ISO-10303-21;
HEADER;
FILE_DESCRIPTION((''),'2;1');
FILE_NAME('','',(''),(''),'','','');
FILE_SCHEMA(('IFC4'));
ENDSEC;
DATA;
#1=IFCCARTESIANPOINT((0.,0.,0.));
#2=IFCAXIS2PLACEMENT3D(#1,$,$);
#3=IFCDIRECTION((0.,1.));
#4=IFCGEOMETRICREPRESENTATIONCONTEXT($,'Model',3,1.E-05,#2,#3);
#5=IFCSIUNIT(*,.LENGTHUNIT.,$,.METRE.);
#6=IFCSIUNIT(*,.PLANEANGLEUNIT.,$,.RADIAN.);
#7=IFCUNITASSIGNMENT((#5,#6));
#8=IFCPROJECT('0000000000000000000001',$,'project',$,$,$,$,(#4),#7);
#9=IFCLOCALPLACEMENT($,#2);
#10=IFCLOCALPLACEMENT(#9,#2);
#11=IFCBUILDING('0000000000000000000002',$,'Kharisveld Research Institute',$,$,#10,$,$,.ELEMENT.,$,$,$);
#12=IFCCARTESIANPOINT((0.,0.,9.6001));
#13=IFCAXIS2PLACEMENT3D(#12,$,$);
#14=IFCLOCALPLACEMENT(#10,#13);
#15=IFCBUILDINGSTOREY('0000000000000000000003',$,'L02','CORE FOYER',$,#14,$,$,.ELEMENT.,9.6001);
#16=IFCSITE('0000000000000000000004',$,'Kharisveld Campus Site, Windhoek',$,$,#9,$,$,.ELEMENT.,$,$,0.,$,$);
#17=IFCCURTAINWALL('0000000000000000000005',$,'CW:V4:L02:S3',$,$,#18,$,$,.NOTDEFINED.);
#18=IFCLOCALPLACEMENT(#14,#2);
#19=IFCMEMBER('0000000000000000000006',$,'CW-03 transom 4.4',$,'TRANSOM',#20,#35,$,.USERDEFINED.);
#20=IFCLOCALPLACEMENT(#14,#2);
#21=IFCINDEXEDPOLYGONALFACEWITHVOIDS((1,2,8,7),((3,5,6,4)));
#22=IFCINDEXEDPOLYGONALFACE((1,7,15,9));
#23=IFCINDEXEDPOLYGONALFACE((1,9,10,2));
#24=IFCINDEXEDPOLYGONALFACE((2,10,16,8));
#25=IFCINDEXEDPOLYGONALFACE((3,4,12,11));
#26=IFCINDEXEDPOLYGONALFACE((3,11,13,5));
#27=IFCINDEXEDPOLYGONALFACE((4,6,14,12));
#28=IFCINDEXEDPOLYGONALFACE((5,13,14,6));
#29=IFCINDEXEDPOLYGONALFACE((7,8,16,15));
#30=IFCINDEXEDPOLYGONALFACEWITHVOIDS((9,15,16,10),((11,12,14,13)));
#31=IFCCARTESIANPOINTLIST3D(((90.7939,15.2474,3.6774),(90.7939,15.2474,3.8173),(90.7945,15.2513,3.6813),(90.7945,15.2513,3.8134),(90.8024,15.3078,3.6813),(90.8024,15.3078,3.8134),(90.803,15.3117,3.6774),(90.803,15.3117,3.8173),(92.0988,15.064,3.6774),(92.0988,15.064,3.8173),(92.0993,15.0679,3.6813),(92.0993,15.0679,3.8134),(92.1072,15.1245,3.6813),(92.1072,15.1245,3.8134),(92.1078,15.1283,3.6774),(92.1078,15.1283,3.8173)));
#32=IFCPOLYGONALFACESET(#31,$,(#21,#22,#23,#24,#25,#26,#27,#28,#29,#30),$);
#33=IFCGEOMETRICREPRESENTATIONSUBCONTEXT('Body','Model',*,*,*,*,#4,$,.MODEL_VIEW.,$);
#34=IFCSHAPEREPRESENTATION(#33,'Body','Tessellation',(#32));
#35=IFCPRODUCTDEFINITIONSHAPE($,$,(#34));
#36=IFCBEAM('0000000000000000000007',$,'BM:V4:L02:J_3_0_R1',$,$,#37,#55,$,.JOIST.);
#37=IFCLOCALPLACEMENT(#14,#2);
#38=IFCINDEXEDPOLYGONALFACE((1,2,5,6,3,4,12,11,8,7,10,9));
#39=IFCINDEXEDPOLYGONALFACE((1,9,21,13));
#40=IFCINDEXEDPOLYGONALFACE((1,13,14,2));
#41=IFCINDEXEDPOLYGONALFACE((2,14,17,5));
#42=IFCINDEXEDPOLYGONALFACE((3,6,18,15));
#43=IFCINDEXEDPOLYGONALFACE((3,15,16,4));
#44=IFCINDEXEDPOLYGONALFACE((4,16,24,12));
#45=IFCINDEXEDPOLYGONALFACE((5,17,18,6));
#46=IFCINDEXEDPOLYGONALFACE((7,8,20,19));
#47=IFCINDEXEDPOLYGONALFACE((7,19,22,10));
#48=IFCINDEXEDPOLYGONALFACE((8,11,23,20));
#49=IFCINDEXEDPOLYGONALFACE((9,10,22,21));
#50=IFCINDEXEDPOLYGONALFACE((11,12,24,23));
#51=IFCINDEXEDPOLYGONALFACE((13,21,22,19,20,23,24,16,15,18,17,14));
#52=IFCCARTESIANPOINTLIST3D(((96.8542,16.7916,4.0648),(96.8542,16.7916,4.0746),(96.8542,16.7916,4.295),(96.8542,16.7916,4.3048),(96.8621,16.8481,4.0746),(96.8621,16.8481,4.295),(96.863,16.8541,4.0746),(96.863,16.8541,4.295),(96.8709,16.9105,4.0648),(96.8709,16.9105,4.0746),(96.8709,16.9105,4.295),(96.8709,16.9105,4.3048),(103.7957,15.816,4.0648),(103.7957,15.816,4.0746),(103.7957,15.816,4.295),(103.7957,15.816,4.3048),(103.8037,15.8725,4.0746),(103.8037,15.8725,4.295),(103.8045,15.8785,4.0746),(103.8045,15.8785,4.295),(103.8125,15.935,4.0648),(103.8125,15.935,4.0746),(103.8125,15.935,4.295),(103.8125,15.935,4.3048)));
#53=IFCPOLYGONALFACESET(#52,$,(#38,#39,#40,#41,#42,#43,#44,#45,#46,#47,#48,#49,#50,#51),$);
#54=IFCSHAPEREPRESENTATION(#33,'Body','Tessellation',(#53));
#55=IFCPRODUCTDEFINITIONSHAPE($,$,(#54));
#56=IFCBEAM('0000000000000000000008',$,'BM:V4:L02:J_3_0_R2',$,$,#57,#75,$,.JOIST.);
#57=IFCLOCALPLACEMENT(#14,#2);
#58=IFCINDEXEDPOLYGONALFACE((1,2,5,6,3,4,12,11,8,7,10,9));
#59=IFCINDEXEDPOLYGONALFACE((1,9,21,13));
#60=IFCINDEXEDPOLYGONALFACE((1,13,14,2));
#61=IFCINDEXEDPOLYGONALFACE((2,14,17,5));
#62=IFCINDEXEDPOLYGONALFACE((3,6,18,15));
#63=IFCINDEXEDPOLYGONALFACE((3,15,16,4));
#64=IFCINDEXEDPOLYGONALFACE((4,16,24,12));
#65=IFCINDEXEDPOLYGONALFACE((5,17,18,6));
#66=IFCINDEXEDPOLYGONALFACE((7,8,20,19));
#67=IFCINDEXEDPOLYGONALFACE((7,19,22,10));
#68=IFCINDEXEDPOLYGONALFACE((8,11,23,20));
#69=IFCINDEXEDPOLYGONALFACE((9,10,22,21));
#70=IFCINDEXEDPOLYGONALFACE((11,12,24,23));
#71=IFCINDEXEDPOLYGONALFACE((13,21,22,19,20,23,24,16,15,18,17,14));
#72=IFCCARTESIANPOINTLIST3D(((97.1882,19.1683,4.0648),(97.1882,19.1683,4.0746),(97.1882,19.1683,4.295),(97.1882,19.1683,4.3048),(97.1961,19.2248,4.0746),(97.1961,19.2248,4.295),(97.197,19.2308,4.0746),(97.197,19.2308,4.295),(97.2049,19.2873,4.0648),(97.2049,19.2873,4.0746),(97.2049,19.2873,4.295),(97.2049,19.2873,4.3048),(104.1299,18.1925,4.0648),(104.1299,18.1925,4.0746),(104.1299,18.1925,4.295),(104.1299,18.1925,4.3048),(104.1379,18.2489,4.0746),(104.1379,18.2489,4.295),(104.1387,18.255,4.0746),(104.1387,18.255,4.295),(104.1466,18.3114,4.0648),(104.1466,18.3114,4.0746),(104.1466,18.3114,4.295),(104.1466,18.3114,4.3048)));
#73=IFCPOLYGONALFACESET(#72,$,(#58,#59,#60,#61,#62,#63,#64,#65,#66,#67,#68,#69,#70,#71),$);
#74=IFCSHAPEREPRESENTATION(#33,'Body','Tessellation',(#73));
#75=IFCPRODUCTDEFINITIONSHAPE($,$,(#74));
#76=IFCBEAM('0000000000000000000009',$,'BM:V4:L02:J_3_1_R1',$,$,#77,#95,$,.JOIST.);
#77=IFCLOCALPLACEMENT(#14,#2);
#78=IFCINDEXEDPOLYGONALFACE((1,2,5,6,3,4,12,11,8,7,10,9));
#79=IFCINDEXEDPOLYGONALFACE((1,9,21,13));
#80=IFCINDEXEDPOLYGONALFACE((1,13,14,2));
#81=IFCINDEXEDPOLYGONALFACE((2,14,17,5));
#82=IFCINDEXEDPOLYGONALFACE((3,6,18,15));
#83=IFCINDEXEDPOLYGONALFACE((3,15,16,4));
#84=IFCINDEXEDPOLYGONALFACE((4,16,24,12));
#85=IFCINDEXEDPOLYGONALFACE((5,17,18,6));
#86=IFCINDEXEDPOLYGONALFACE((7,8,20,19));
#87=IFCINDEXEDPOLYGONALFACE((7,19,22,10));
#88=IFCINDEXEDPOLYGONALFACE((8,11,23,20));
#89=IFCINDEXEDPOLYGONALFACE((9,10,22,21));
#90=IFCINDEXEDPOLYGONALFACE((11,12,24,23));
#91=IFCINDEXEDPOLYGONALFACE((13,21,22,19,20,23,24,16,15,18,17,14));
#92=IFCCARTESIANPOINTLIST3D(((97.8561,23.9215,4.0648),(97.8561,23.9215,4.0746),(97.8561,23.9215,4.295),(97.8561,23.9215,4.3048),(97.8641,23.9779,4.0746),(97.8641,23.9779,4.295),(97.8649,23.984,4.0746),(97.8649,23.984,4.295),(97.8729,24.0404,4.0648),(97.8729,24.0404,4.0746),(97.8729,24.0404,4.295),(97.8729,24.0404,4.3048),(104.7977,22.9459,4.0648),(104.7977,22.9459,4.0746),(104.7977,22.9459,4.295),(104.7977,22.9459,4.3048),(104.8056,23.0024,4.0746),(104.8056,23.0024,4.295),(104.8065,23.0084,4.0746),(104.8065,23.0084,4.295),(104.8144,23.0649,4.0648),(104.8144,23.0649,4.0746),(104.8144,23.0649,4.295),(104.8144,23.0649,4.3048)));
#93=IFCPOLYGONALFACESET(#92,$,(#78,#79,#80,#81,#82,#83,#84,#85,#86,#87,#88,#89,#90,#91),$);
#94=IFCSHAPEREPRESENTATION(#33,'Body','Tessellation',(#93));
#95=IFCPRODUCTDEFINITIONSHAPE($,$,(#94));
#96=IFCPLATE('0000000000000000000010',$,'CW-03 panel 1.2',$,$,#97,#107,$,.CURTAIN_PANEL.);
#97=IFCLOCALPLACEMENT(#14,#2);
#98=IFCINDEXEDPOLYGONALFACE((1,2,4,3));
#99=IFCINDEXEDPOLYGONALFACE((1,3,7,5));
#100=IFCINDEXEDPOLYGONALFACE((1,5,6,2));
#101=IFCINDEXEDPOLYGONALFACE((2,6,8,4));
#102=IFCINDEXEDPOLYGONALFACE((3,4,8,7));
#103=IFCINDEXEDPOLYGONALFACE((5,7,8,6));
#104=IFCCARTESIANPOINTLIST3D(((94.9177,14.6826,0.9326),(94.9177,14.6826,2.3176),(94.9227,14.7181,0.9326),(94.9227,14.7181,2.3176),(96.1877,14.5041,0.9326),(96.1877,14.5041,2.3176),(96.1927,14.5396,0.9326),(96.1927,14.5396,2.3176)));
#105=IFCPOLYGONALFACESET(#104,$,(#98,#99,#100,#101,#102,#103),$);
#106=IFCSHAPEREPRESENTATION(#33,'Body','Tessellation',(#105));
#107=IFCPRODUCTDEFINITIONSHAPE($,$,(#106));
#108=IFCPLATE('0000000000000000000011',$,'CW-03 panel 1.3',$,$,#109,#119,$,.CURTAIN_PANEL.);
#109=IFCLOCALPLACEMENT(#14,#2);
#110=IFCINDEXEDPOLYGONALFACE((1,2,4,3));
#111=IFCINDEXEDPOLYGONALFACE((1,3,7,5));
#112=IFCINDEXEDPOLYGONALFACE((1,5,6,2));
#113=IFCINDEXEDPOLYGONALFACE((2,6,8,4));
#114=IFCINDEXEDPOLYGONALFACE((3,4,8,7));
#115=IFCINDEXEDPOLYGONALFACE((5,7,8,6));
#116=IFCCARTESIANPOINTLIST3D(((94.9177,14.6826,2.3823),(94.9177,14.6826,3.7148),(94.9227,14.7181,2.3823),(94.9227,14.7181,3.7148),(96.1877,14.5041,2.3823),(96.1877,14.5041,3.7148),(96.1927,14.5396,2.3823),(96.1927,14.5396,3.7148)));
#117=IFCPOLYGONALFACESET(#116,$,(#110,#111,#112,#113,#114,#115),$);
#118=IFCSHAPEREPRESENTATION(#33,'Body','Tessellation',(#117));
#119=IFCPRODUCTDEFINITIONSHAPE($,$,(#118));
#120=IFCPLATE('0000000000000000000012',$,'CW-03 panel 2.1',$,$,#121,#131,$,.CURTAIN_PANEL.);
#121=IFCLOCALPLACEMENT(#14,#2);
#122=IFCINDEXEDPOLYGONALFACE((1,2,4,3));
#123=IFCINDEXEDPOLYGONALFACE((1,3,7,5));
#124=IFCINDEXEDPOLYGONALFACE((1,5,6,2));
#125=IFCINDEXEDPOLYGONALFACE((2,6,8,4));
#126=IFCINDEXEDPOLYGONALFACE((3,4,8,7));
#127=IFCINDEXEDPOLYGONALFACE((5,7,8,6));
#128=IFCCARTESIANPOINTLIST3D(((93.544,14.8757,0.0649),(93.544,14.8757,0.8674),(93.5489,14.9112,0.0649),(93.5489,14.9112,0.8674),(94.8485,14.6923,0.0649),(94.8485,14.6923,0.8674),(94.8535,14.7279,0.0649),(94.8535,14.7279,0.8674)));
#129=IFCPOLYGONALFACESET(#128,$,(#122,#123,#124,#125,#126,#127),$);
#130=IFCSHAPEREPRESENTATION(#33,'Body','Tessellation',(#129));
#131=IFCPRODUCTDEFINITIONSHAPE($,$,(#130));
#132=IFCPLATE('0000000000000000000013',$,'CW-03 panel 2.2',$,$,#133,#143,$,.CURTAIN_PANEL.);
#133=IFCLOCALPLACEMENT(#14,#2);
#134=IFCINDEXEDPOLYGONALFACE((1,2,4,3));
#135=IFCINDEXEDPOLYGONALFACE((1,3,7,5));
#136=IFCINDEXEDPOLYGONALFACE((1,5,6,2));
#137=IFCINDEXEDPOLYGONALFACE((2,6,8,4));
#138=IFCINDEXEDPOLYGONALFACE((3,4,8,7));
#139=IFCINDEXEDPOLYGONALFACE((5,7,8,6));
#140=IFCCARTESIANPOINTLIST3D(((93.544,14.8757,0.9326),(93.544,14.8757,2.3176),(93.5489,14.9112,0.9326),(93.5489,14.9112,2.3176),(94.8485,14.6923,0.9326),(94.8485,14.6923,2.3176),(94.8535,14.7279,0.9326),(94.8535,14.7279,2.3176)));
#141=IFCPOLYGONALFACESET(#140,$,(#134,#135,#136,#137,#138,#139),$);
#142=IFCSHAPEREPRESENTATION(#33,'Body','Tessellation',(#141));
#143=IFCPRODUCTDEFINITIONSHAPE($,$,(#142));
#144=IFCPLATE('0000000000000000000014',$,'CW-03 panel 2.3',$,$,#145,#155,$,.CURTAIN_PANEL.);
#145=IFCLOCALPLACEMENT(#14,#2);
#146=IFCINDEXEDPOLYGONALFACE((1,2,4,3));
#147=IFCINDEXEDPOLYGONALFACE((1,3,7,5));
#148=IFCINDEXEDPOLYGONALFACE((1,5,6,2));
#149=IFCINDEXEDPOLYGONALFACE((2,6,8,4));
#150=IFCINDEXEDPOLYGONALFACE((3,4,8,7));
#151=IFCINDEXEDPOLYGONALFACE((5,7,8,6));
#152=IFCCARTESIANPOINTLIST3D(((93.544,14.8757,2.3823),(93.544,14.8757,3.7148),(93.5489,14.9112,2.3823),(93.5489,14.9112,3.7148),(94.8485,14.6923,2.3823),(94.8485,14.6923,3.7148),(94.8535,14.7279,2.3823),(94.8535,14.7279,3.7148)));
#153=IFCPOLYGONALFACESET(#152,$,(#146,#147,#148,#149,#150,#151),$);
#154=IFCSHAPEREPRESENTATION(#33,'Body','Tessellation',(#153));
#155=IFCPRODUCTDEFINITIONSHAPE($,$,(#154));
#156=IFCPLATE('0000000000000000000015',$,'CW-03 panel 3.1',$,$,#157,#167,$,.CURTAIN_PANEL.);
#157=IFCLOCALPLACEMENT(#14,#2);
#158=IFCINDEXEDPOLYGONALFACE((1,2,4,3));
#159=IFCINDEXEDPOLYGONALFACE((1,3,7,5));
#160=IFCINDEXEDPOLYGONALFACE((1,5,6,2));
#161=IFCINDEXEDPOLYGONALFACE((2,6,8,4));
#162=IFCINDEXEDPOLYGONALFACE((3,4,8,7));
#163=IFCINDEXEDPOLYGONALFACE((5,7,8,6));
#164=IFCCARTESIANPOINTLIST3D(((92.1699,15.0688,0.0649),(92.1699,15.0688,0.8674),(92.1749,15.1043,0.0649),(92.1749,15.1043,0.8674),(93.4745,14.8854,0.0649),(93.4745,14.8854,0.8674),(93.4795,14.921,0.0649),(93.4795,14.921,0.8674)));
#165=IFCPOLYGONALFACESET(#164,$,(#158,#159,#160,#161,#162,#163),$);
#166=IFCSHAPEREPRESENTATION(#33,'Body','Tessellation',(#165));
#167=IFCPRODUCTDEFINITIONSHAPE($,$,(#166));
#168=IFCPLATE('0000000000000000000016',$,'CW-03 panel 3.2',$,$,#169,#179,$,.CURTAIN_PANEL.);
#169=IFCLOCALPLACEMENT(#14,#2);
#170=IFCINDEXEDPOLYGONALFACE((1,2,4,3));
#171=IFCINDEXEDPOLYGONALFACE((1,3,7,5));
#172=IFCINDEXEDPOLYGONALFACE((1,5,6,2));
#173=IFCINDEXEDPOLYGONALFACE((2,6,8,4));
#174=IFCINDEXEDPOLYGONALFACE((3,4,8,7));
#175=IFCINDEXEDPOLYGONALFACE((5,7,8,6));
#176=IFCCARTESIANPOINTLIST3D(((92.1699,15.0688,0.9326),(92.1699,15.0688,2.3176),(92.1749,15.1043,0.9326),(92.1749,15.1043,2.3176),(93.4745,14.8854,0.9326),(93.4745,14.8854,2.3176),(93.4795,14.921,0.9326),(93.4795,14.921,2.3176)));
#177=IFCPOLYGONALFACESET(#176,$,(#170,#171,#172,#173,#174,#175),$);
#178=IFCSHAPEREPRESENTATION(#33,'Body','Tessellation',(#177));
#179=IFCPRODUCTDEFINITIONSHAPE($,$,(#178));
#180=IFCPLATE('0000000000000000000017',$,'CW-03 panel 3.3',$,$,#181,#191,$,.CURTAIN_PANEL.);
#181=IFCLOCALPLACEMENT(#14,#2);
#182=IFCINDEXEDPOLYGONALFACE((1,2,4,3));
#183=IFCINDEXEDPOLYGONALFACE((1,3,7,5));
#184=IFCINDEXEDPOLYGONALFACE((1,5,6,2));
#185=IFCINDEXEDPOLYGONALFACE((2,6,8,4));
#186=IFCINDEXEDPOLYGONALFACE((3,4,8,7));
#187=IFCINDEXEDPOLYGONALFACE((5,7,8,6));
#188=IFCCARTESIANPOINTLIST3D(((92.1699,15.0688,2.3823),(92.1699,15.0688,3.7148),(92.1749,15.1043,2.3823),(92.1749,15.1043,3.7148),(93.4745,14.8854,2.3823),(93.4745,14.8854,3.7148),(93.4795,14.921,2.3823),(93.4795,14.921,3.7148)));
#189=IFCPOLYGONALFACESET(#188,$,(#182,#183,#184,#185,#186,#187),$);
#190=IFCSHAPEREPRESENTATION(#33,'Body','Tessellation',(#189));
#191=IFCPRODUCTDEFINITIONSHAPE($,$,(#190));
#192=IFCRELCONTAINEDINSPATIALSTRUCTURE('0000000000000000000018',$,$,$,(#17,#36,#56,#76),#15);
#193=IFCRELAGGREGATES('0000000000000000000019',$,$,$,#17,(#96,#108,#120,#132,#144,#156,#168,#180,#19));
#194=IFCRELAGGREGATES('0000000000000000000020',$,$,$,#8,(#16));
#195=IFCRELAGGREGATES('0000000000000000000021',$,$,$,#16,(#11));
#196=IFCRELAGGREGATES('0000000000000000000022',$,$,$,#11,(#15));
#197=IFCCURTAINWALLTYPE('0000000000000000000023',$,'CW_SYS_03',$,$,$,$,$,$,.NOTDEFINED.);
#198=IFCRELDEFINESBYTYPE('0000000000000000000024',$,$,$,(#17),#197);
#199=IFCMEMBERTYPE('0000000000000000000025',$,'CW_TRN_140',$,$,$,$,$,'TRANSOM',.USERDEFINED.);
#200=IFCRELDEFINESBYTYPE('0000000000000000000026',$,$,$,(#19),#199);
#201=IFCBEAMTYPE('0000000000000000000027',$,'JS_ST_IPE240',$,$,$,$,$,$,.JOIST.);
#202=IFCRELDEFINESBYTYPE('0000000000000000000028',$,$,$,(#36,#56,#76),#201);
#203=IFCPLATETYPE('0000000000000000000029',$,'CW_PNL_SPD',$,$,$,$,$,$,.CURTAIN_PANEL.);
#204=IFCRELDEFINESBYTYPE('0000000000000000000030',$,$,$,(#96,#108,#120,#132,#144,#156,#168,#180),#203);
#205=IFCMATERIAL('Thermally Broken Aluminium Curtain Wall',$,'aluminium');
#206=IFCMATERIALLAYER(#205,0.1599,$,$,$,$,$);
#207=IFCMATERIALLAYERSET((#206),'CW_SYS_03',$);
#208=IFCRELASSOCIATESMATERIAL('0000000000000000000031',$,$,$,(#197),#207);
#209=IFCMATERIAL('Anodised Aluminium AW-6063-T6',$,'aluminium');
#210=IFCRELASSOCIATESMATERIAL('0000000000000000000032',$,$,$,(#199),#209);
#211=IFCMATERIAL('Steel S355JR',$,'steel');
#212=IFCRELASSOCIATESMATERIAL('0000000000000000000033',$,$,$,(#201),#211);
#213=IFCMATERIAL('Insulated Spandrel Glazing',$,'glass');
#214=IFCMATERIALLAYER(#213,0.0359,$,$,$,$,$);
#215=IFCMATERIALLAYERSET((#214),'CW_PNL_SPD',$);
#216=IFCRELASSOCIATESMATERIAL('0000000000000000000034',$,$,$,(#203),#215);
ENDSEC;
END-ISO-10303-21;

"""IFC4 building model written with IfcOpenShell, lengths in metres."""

from ifc_helpers import new_model, si_unit, direction, frame, origin, origin_2d, place, context, subcontext, project, spatial, rectangle, hollow_rectangle, i_section, extrude, material, layer, layer_set, material_profile, profile_set, type_object, element, aggregate, save


model = new_model("IFC4")

# Units and contexts
model_context = context("Model", 3, precision=1e-05, world=origin(), true_north=direction((0.0, 1.0)))
body_context = subcontext(model_context, "Body", "Model", "MODEL_VIEW")
ifc_project = project(units=[si_unit("LENGTHUNIT", "METRE"), si_unit("PLANEANGLEUNIT", "RADIAN")], contexts=[model_context])

# Site, building, storey
site_placement = place(None, origin())
site = spatial("IfcSite", under=ifc_project, at=site_placement, Name="Kharisveld Campus Site, Windhoek", CompositionType="ELEMENT", RefElevation=0.0)
building_placement = place(site_placement, origin())
building = spatial("IfcBuilding", under=site, at=building_placement, Name="Kharisveld Research Institute", CompositionType="ELEMENT")
storey_placement = place(building_placement, frame((0.0, 0.0, 9.6001)))
storey = spatial("IfcBuildingStorey", under=building, at=storey_placement, Name="L02", Description="CORE FOYER", CompositionType="ELEMENT", Elevation=9.6001)

# Curtain wall, member
ifc_material_1 = material(Name="Thermally Broken Aluminium Curtain Wall", Category="aluminium")
ifc_layer_1 = layer(ifc_material_1, 0.1599)
ifc_layer_set_1 = layer_set([ifc_layer_1], Name="CW_SYS_03")
curtain_wall_type = type_object("IfcCurtainWallType", Name="CW_SYS_03", PredefinedType="NOTDEFINED", material=ifc_layer_set_1)
curtain_wall_placement = place(storey_placement, origin())
curtain_wall = element("IfcCurtainWall", 1, at=curtain_wall_placement, inside=storey, type_object=curtain_wall_type, Name="CW:V4:L02:S3", PredefinedType="NOTDEFINED")
ifc_material_2 = material(Name="Anodised Aluminium AW-6063-T6", Category="aluminium")
ifc_material_profile_1 = material_profile(ifc_material_2, hollow_rectangle(XDim=0.0649, YDim=0.1399, WallThickness=0.0039, at=origin_2d()))
ifc_profile_set_1 = profile_set([ifc_material_profile_1], Name="Anodised Aluminium AW-6063-T6")
member_type_1 = type_object("IfcMemberType", Name="CW_TRN_140", ElementType="TRANSOM", PredefinedType="USERDEFINED", material=ifc_profile_set_1)
member_1_placement = place(storey_placement, frame((92.1033, 15.0962, 3.7473), z_axis=(-0.990269, 0.139164, 0.0), x_axis=(-0.139164, -0.990269, 0.0)))
member_1 = element("IfcMember", 2, at=member_1_placement, type_object=member_type_1, Name="CW-03 transom 4.4", ObjectType="TRANSOM", PredefinedType="USERDEFINED", context=body_context, shape_type="SweptSolid", body=[
    extrude(hollow_rectangle(XDim=0.0649, YDim=0.1399, WallThickness=0.0039, at=origin_2d()), origin(), (0.0, 0.0, 1.0), 1.3176),
])

# Beams
ifc_material_3 = material(Name="Steel S355JR", Category="steel")
ifc_material_profile_2 = material_profile(ifc_material_3, i_section(OverallWidth=0.1201, OverallDepth=0.24, WebThickness=0.0061, FlangeThickness=0.0098, at=origin_2d()))
ifc_profile_set_2 = profile_set([ifc_material_profile_2], Name="Steel S355JR")
beam_type_1 = type_object("IfcBeamType", Name="JS_ST_IPE240", PredefinedType="JOIST", material=ifc_profile_set_2)
beam_1_placement = place(storey_placement, frame((96.8625, 16.8511, 4.1848), z_axis=(0.990268, -0.139173, 0.0), x_axis=(0.139173, 0.990268, 0.0)))
element("IfcBeam", 3, at=beam_1_placement, inside=storey, type_object=beam_type_1, Name="BM:V4:L02:J_3_0_R1", PredefinedType="JOIST", context=body_context, shape_type="SweptSolid", body=[
    extrude(i_section(OverallWidth=0.1201, OverallDepth=0.24, WebThickness=0.0061, FlangeThickness=0.0098, at=origin_2d()), origin(), (0.0, 0.0, 1.0), 7.0098),
])
beam_2_placement = place(storey_placement, frame((97.1965, 19.2278, 4.1848), z_axis=(0.990263, -0.139207, 0.0), x_axis=(0.139207, 0.990263, 0.0)))
element("IfcBeam", 4, at=beam_2_placement, inside=storey, type_object=beam_type_1, Name="BM:V4:L02:J_3_0_R2", PredefinedType="JOIST", context=body_context, shape_type="SweptSolid", body=[
    extrude(i_section(OverallWidth=0.1201, OverallDepth=0.24, WebThickness=0.0061, FlangeThickness=0.0098, at=origin_2d()), origin(), (0.0, 0.0, 1.0), 7.01),
])
beam_3_placement = place(storey_placement, frame((97.8645, 23.981, 4.1848), z_axis=(0.990268, -0.139173, 0.0), x_axis=(0.139173, 0.990268, 0.0)))
element("IfcBeam", 5, at=beam_3_placement, inside=storey, type_object=beam_type_1, Name="BM:V4:L02:J_3_1_R1", PredefinedType="JOIST", context=body_context, shape_type="SweptSolid", body=[
    extrude(i_section(OverallWidth=0.1201, OverallDepth=0.24, WebThickness=0.0061, FlangeThickness=0.0098, at=origin_2d()), origin(), (0.0, 0.0, 1.0), 7.0098),
])

# Plates
ifc_material_4 = material(Name="Insulated Spandrel Glazing", Category="glass")
ifc_layer_2 = layer(ifc_material_4, 0.0359)
ifc_layer_set_2 = layer_set([ifc_layer_2], Name="CW_PNL_SPD")
plate_type = type_object("IfcPlateType", Name="CW_PNL_SPD", PredefinedType="CURTAIN_PANEL", material=ifc_layer_set_2)
plate_1_placement = place(storey_placement, frame((95.5552, 14.6111, 0.9326), z_axis=(0.0, 0.0, 1.0), x_axis=(-0.990268, 0.139173, 0.0)))
plate_1 = element("IfcPlate", 6, at=plate_1_placement, type_object=plate_type, Name="CW-03 panel 1.2", PredefinedType="CURTAIN_PANEL", context=body_context, shape_type="SweptSolid", body=[
    extrude(rectangle(XDim=1.2825, YDim=0.0359, at=origin_2d()), origin(), (0.0, 0.0, 1.0), 1.385),
])
plate_2_placement = place(storey_placement, frame((95.5552, 14.6111, 2.3823), z_axis=(0.0, 0.0, 1.0), x_axis=(-0.990268, 0.139173, 0.0)))
plate_2 = element("IfcPlate", 7, at=plate_2_placement, type_object=plate_type, Name="CW-03 panel 1.3", PredefinedType="CURTAIN_PANEL", context=body_context, shape_type="SweptSolid", body=[
    extrude(rectangle(XDim=1.2825, YDim=0.0359, at=origin_2d()), origin(), (0.0, 0.0, 1.0), 1.3325),
])
plate_3_placement = place(storey_placement, frame((94.1987, 14.8018, 0.0649), z_axis=(0.0, 0.0, 1.0), x_axis=(-0.990268, 0.139173, 0.0)))
plate_3 = element("IfcPlate", 8, at=plate_3_placement, type_object=plate_type, Name="CW-03 panel 2.1", PredefinedType="CURTAIN_PANEL", context=body_context, shape_type="SweptSolid", body=[
    extrude(rectangle(XDim=1.3174, YDim=0.0359, at=origin_2d()), origin(), (0.0, 0.0, 1.0), 0.8025),
])
plate_4_placement = place(storey_placement, frame((94.1987, 14.8018, 0.9326), z_axis=(0.0, 0.0, 1.0), x_axis=(-0.990268, 0.139173, 0.0)))
plate_4 = element("IfcPlate", 9, at=plate_4_placement, type_object=plate_type, Name="CW-03 panel 2.2", PredefinedType="CURTAIN_PANEL", context=body_context, shape_type="SweptSolid", body=[
    extrude(rectangle(XDim=1.3174, YDim=0.0359, at=origin_2d()), origin(), (0.0, 0.0, 1.0), 1.385),
])
plate_5_placement = place(storey_placement, frame((94.1987, 14.8018, 2.3823), z_axis=(0.0, 0.0, 1.0), x_axis=(-0.990268, 0.139173, 0.0)))
plate_5 = element("IfcPlate", 10, at=plate_5_placement, type_object=plate_type, Name="CW-03 panel 2.3", PredefinedType="CURTAIN_PANEL", context=body_context, shape_type="SweptSolid", body=[
    extrude(rectangle(XDim=1.3174, YDim=0.0359, at=origin_2d()), origin(), (0.0, 0.0, 1.0), 1.3325),
])
plate_6_placement = place(storey_placement, frame((92.8247, 14.9949, 0.0649), z_axis=(0.0, 0.0, 1.0), x_axis=(-0.990268, 0.139173, 0.0)))
plate_6 = element("IfcPlate", 11, at=plate_6_placement, type_object=plate_type, Name="CW-03 panel 3.1", PredefinedType="CURTAIN_PANEL", context=body_context, shape_type="SweptSolid", body=[
    extrude(rectangle(XDim=1.3174, YDim=0.0359, at=origin_2d()), origin(), (0.0, 0.0, 1.0), 0.8025),
])
plate_7_placement = place(storey_placement, frame((92.8247, 14.9949, 0.9326), z_axis=(0.0, 0.0, 1.0), x_axis=(-0.990268, 0.139173, 0.0)))
plate_7 = element("IfcPlate", 12, at=plate_7_placement, type_object=plate_type, Name="CW-03 panel 3.2", PredefinedType="CURTAIN_PANEL", context=body_context, shape_type="SweptSolid", body=[
    extrude(rectangle(XDim=1.3174, YDim=0.0359, at=origin_2d()), origin(), (0.0, 0.0, 1.0), 1.385),
])
plate_8_placement = place(storey_placement, frame((92.8247, 14.9949, 2.3823), z_axis=(0.0, 0.0, 1.0), x_axis=(-0.990268, 0.139173, 0.0)))
plate_8 = element("IfcPlate", 13, at=plate_8_placement, type_object=plate_type, Name="CW-03 panel 3.3", PredefinedType="CURTAIN_PANEL", context=body_context, shape_type="SweptSolid", body=[
    extrude(rectangle(XDim=1.3174, YDim=0.0359, at=origin_2d()), origin(), (0.0, 0.0, 1.0), 1.3325),
])
aggregate(curtain_wall, [plate_1, plate_2, plate_3, plate_4, plate_5, plate_6, plate_7, plate_8, member_1])

save(model, "model.ifc")
